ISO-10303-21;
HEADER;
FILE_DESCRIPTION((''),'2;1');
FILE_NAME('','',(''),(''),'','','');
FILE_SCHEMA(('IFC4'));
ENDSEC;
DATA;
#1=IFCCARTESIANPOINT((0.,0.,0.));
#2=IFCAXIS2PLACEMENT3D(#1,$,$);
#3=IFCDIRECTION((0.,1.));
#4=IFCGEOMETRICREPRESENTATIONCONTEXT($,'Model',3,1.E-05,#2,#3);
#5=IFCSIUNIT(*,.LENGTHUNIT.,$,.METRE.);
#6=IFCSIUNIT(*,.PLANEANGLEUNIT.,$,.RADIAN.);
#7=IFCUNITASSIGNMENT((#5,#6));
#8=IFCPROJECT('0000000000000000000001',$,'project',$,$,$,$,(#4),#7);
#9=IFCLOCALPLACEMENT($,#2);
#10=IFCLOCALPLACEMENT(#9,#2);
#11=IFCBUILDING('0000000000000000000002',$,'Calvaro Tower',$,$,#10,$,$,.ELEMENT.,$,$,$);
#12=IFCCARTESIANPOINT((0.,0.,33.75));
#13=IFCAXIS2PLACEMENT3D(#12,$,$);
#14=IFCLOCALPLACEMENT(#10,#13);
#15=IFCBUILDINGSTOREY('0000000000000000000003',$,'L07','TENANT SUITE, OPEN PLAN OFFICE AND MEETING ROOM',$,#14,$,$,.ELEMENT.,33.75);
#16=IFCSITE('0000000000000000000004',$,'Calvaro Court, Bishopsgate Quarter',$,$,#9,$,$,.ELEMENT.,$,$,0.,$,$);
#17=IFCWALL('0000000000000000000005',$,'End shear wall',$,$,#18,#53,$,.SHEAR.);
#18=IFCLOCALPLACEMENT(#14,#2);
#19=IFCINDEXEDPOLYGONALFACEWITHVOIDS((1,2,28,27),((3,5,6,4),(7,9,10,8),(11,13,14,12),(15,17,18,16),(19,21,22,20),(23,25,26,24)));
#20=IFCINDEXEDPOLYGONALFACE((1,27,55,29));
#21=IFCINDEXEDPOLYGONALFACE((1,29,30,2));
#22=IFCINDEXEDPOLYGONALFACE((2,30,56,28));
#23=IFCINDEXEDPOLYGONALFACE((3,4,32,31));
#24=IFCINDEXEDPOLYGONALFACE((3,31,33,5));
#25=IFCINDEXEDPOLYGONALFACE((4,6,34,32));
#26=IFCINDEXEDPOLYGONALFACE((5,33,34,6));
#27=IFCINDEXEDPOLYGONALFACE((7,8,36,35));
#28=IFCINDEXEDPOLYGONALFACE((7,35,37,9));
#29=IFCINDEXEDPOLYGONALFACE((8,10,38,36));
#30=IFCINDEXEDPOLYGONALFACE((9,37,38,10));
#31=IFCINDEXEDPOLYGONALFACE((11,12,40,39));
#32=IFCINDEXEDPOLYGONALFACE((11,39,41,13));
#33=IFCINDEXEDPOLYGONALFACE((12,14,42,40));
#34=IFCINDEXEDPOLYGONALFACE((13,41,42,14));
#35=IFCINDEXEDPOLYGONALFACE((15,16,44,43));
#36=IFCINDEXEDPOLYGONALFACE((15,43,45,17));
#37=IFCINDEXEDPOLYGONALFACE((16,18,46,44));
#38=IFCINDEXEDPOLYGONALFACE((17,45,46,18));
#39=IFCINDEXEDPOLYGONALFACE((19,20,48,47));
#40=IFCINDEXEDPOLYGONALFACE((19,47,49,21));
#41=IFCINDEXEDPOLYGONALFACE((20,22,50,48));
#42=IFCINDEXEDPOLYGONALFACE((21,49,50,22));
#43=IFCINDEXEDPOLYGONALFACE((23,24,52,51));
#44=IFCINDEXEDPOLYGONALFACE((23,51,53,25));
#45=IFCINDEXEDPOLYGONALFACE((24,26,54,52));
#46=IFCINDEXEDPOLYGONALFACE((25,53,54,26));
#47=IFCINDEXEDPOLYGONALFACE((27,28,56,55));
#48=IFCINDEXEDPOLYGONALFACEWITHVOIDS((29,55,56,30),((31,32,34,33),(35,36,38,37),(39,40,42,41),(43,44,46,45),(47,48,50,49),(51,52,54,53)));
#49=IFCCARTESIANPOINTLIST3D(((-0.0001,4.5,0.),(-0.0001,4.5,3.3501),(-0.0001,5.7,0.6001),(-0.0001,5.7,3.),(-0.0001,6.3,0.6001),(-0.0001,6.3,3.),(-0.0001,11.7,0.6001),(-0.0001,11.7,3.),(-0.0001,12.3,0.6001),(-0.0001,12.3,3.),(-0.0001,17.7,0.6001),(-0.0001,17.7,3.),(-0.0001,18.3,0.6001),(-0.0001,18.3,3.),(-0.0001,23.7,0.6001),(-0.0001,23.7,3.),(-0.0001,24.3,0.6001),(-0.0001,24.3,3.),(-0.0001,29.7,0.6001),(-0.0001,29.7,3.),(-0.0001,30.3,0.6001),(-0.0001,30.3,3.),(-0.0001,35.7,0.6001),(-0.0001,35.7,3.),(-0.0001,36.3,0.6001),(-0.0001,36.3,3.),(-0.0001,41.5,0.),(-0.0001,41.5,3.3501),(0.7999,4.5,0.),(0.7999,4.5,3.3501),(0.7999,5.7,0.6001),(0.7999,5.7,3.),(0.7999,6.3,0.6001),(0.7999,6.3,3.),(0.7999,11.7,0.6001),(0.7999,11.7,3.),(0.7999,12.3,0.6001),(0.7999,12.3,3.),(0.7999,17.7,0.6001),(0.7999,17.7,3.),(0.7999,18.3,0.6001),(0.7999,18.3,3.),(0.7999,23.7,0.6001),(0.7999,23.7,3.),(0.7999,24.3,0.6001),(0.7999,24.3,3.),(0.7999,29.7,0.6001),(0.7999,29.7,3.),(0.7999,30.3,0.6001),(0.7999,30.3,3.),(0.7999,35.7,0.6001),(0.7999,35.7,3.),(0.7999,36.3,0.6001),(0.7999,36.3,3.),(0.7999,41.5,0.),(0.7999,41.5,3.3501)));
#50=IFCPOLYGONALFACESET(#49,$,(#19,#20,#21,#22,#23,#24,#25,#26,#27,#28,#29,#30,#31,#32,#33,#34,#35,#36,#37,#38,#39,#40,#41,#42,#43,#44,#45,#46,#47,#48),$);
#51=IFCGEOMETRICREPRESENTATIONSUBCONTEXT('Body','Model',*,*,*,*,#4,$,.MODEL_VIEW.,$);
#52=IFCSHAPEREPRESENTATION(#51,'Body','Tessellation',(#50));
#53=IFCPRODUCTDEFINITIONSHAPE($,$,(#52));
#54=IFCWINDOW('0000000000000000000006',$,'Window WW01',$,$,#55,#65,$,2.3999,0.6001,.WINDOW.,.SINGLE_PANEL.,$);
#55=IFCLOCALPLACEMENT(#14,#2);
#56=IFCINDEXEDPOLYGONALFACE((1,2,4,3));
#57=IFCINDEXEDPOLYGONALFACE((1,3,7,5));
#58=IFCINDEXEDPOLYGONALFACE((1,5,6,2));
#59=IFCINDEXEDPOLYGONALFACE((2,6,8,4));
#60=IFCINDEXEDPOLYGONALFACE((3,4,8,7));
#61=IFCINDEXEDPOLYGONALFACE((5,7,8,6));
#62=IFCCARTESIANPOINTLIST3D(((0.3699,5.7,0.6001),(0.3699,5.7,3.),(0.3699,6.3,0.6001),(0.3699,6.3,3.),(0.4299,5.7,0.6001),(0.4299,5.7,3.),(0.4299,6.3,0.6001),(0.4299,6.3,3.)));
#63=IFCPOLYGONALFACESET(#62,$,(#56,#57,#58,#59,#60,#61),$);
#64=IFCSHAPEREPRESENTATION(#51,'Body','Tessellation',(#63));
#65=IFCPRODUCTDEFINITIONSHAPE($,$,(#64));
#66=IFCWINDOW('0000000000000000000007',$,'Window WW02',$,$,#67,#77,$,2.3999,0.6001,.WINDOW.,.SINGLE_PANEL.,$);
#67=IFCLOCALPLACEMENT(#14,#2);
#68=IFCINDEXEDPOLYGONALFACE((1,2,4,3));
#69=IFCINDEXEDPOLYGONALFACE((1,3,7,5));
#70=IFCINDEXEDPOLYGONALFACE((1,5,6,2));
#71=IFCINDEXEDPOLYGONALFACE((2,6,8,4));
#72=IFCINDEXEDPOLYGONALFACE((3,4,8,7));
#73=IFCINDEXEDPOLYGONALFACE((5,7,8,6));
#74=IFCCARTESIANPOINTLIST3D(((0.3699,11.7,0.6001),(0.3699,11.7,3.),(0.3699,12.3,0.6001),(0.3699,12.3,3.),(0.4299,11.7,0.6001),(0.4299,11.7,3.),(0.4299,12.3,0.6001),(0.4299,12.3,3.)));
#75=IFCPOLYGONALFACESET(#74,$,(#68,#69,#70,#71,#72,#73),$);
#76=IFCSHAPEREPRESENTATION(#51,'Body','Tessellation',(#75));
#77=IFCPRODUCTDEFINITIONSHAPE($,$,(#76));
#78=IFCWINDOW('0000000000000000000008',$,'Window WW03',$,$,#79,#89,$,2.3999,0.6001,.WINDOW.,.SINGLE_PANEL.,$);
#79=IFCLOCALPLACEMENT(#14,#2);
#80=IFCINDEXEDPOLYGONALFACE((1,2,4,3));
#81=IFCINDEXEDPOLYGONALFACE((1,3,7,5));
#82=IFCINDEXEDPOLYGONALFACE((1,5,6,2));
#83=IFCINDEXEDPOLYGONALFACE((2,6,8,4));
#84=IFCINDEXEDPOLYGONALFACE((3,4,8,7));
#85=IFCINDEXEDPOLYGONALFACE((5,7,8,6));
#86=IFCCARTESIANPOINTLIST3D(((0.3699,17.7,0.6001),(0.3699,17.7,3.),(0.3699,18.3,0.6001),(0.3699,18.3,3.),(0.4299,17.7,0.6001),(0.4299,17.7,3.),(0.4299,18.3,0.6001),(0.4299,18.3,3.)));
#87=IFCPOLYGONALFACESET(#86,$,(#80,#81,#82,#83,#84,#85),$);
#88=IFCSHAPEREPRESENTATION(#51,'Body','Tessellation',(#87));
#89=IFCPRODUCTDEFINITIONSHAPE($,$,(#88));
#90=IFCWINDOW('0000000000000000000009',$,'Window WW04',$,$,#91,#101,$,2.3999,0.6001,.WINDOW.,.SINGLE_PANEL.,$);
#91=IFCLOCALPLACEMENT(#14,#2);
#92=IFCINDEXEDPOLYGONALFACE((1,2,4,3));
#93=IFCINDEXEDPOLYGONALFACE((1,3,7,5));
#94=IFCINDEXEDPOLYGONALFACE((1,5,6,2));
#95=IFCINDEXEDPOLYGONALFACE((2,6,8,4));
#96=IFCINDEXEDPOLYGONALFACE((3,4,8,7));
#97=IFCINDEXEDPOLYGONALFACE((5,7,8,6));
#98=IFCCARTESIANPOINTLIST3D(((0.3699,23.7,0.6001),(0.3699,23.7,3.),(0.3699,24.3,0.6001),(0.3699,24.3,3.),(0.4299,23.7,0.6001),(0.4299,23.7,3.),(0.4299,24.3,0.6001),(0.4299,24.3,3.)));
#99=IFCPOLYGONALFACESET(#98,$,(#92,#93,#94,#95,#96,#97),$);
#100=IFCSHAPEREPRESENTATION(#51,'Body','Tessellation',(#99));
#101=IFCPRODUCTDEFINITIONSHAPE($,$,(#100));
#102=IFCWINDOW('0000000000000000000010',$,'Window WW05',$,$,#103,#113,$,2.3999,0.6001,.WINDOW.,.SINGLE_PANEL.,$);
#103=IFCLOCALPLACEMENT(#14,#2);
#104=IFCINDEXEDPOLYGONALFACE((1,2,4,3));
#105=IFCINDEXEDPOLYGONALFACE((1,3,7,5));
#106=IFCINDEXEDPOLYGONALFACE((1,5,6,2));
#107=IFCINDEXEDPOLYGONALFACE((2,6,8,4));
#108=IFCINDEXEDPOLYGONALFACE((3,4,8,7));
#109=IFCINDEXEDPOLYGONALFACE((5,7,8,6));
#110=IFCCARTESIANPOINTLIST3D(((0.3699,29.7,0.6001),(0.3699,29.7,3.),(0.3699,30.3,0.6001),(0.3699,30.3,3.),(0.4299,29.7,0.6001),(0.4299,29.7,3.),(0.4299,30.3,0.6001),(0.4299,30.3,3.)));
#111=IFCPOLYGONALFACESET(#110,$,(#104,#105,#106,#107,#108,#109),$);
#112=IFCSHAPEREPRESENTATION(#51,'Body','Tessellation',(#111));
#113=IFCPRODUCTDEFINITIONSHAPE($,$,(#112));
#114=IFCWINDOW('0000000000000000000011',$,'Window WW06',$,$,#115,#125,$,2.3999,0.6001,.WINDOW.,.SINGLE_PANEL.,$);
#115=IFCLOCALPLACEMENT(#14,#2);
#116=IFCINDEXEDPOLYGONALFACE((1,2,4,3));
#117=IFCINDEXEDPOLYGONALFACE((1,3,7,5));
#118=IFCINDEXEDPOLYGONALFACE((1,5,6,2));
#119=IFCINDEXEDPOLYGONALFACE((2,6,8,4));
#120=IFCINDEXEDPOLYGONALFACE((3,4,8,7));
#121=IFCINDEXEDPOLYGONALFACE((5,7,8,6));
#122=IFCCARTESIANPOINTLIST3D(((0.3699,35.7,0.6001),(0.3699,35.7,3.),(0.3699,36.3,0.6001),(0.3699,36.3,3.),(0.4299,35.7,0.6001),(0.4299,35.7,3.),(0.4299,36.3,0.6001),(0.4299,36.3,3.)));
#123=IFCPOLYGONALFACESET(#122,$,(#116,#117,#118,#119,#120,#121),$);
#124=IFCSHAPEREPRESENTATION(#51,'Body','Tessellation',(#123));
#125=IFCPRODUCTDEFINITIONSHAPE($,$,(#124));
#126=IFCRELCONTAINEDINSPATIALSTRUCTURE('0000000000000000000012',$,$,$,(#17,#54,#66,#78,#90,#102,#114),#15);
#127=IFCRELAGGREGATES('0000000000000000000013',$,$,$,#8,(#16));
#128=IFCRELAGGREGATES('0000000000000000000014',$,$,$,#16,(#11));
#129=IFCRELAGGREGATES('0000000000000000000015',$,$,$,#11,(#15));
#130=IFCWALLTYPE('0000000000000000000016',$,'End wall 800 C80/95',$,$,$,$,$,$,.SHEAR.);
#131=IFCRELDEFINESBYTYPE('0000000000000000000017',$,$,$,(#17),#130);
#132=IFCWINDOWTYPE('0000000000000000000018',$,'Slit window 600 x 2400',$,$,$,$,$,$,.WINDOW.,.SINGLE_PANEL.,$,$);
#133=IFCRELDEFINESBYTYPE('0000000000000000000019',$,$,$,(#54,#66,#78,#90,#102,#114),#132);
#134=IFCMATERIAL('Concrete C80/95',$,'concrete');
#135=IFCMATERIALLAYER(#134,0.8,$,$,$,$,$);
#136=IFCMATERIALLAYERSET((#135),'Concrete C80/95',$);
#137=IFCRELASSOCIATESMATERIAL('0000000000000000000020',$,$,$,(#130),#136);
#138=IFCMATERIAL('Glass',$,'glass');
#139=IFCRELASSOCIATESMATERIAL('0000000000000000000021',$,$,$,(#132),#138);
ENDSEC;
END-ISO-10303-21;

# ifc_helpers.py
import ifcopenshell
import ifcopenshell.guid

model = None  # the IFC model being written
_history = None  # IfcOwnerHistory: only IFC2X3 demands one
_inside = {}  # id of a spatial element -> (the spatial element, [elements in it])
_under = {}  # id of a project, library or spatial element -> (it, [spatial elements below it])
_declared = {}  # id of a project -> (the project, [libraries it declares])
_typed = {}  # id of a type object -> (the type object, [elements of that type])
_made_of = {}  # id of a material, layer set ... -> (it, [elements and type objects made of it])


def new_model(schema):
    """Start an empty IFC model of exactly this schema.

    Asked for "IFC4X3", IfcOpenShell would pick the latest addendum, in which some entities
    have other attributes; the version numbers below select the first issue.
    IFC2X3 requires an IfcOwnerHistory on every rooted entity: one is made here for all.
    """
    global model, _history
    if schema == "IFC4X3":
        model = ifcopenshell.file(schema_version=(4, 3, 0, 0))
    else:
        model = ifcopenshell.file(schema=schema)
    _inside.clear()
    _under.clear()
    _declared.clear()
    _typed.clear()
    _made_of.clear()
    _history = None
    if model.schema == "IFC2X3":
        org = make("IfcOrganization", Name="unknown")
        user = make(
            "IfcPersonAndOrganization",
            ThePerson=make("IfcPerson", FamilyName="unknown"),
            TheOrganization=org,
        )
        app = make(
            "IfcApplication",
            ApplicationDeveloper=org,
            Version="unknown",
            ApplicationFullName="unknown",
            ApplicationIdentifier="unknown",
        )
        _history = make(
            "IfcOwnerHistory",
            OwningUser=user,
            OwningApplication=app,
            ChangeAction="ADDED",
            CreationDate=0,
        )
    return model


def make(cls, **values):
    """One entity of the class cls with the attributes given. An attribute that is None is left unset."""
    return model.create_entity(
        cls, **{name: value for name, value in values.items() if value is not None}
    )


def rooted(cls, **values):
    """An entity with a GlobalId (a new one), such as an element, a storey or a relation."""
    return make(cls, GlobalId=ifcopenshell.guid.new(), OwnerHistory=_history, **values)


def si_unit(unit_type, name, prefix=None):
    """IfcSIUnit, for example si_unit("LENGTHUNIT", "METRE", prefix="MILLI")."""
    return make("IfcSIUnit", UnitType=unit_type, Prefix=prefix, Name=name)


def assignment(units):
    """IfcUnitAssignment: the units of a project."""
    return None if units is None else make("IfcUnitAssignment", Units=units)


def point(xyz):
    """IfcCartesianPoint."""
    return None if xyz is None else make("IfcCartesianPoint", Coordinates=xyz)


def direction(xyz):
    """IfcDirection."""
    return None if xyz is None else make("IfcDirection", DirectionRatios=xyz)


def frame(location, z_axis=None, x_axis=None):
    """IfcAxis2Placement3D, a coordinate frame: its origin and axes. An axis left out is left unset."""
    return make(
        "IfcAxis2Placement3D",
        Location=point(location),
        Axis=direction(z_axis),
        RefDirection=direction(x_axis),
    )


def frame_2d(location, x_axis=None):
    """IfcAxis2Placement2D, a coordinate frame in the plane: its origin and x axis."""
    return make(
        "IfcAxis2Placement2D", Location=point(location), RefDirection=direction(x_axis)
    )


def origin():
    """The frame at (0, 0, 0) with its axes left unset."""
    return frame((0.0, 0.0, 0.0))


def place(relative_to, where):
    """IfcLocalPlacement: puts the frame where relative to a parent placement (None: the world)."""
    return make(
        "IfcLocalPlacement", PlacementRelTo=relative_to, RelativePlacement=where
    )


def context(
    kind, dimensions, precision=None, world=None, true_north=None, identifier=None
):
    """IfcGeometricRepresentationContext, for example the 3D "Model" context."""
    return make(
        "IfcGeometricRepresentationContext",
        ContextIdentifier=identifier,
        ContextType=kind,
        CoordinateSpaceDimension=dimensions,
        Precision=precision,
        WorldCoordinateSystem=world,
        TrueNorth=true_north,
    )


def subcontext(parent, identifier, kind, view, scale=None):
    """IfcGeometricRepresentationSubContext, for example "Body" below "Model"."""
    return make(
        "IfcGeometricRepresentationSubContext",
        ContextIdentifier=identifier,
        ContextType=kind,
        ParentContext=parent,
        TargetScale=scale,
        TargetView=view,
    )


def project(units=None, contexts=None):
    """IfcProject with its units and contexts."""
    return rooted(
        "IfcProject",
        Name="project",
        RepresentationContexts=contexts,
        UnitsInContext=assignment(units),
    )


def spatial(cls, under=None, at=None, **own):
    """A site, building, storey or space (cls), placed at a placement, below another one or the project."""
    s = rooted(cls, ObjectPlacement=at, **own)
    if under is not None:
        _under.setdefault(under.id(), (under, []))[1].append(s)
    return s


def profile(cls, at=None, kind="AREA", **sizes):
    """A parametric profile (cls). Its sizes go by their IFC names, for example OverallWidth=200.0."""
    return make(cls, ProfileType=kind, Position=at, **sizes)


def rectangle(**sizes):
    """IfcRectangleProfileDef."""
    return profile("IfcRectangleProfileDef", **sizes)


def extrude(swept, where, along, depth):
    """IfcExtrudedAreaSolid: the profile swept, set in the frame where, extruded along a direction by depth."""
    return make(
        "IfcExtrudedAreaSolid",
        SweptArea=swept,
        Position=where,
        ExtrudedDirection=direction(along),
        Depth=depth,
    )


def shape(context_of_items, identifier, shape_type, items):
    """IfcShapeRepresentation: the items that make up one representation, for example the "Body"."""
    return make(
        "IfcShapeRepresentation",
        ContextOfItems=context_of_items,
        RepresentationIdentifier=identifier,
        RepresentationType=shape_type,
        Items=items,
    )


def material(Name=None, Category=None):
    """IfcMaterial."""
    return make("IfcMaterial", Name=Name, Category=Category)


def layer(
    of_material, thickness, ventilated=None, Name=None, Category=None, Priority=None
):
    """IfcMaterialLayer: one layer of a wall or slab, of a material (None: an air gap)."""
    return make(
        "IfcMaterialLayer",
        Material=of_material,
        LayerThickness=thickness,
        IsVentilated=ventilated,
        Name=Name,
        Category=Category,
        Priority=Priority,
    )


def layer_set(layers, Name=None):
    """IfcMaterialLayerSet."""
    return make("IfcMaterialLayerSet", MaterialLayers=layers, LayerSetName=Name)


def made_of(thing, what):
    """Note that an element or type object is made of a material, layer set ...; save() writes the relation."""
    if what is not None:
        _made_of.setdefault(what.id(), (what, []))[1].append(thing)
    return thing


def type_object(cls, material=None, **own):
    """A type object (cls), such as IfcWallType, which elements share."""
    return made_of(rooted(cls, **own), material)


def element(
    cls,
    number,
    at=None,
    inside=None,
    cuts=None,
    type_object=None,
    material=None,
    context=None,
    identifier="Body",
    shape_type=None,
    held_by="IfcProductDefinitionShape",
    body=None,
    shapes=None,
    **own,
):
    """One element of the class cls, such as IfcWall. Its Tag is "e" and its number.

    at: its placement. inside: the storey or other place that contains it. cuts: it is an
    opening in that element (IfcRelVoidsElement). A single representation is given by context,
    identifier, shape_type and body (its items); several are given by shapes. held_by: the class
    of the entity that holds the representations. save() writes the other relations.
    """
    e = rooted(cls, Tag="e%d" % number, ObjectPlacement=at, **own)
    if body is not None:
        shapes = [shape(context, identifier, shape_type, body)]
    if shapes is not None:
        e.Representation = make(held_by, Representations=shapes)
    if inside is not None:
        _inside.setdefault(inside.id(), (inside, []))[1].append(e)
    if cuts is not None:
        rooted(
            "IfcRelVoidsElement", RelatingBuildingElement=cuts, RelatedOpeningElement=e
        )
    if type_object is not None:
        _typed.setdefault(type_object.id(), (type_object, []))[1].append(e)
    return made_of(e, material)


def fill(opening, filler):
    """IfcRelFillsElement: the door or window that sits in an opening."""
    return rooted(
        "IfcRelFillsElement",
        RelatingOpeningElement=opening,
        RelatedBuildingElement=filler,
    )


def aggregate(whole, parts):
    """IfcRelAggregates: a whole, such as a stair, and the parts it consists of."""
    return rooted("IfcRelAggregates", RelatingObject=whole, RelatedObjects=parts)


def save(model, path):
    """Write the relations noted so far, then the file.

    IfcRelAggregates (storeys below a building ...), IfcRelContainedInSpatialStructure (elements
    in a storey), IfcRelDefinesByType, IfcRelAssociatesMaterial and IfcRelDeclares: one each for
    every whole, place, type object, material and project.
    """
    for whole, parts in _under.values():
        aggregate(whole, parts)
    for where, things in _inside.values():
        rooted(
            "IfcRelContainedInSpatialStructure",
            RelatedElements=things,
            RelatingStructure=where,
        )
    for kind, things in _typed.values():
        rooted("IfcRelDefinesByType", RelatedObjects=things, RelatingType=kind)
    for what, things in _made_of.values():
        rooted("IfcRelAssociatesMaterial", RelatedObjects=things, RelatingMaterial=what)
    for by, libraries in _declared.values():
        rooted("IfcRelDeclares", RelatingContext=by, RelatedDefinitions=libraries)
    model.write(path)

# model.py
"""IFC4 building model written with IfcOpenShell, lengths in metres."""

from ifc_helpers import new_model, si_unit, direction, frame, frame_2d, origin, place, context, subcontext, project, spatial, rectangle, extrude, material, layer, layer_set, type_object, element, fill, save


model = new_model("IFC4")

# Units and contexts
model_context = context("Model", 3, precision=1e-05, world=origin(), true_north=direction((0.0, 1.0)))
body_context = subcontext(model_context, "Body", "Model", "MODEL_VIEW")
ifc_project = project(units=[si_unit("LENGTHUNIT", "METRE"), si_unit("PLANEANGLEUNIT", "RADIAN")], contexts=[model_context])

# Site, building, storey
site_placement = place(None, origin())
site = spatial("IfcSite", under=ifc_project, at=site_placement, Name="Calvaro Court, Bishopsgate Quarter", CompositionType="ELEMENT", RefElevation=0.0)
building_placement = place(site_placement, origin())
building = spatial("IfcBuilding", under=site, at=building_placement, Name="Calvaro Tower", CompositionType="ELEMENT")
storey_placement = place(building_placement, frame((0.0, 0.0, 33.75)))
storey = spatial("IfcBuildingStorey", under=building, at=storey_placement, Name="L07", Description="TENANT SUITE, OPEN PLAN OFFICE AND MEETING ROOM", CompositionType="ELEMENT", Elevation=33.75)

# Wall, openings, windows
ifc_material_1 = material(Name="Concrete C80/95", Category="concrete")
ifc_layer_1 = layer(ifc_material_1, 0.8)
ifc_layer_set_1 = layer_set([ifc_layer_1], Name="Concrete C80/95")
wall_type = type_object("IfcWallType", Name="End wall 800 C80/95", PredefinedType="SHEAR", material=ifc_layer_set_1)
wall_placement = place(storey_placement, frame((0.3999, 4.5, 0.0), z_axis=(0.0, 0.0, 1.0), x_axis=(0.0, 1.0, 0.0)))
wall = element("IfcWall", 1, at=wall_placement, inside=storey, type_object=wall_type, Name="End shear wall", PredefinedType="SHEAR", context=body_context, shape_type="SweptSolid", body=[
    extrude(rectangle(XDim=37.0, YDim=0.8, at=frame_2d((18.5, 0.0))), origin(), (0.0, 0.0, 1.0), 3.3501),
])
opening_1_placement = place(wall_placement, frame((1.2, 0.0, 0.6001)))
opening_1 = element("IfcOpeningElement", 2, at=opening_1_placement, cuts=wall, PredefinedType="OPENING", context=body_context, shape_type="SweptSolid", body=[
    extrude(rectangle(XDim=0.6001, YDim=2.3999, at=frame_2d((0.3, 1.2))), frame((0.0, 0.4099, 0.0), z_axis=(0.0, -1.0, 0.0), x_axis=(1.0, 0.0, 0.0)), (0.0, 0.0, 1.0), 0.8201),
])
opening_2_placement = place(wall_placement, frame((7.2, 0.0, 0.6001)))
opening_2 = element("IfcOpeningElement", 3, at=opening_2_placement, cuts=wall, PredefinedType="OPENING", context=body_context, shape_type="SweptSolid", body=[
    extrude(rectangle(XDim=0.6001, YDim=2.3999, at=frame_2d((0.3, 1.2))), frame((0.0, 0.4099, 0.0), z_axis=(0.0, -1.0, 0.0), x_axis=(1.0, 0.0, 0.0)), (0.0, 0.0, 1.0), 0.8201),
])
opening_3_placement = place(wall_placement, frame((13.2, 0.0, 0.6001)))
opening_3 = element("IfcOpeningElement", 4, at=opening_3_placement, cuts=wall, PredefinedType="OPENING", context=body_context, shape_type="SweptSolid", body=[
    extrude(rectangle(XDim=0.6001, YDim=2.3999, at=frame_2d((0.3, 1.2))), frame((0.0, 0.4099, 0.0), z_axis=(0.0, -1.0, 0.0), x_axis=(1.0, 0.0, 0.0)), (0.0, 0.0, 1.0), 0.8201),
])
opening_4_placement = place(wall_placement, frame((19.2, 0.0, 0.6001)))
opening_4 = element("IfcOpeningElement", 5, at=opening_4_placement, cuts=wall, PredefinedType="OPENING", context=body_context, shape_type="SweptSolid", body=[
    extrude(rectangle(XDim=0.6001, YDim=2.3999, at=frame_2d((0.3, 1.2))), frame((0.0, 0.4099, 0.0), z_axis=(0.0, -1.0, 0.0), x_axis=(1.0, 0.0, 0.0)), (0.0, 0.0, 1.0), 0.8201),
])
opening_5_placement = place(wall_placement, frame((25.2, 0.0, 0.6001)))
opening_5 = element("IfcOpeningElement", 6, at=opening_5_placement, cuts=wall, PredefinedType="OPENING", context=body_context, shape_type="SweptSolid", body=[
    extrude(rectangle(XDim=0.6001, YDim=2.3999, at=frame_2d((0.3, 1.2))), frame((0.0, 0.4099, 0.0), z_axis=(0.0, -1.0, 0.0), x_axis=(1.0, 0.0, 0.0)), (0.0, 0.0, 1.0), 0.8201),
])
opening_6_placement = place(wall_placement, frame((31.2, 0.0, 0.6001)))
opening_6 = element("IfcOpeningElement", 7, at=opening_6_placement, cuts=wall, PredefinedType="OPENING", context=body_context, shape_type="SweptSolid", body=[
    extrude(rectangle(XDim=0.6001, YDim=2.3999, at=frame_2d((0.3, 1.2))), frame((0.0, 0.4099, 0.0), z_axis=(0.0, -1.0, 0.0), x_axis=(1.0, 0.0, 0.0)), (0.0, 0.0, 1.0), 0.8201),
])
ifc_material_2 = material(Name="Glass", Category="glass")
window_type = type_object("IfcWindowType", Name="Slit window 600 x 2400", PartitioningType="SINGLE_PANEL", PredefinedType="WINDOW", material=ifc_material_2)
window_1_placement = place(opening_1_placement, origin())
window_1 = element("IfcWindow", 8, at=window_1_placement, inside=storey, type_object=window_type, Name="Window WW01", OverallHeight=2.3999, OverallWidth=0.6001, PartitioningType="SINGLE_PANEL", PredefinedType="WINDOW", context=body_context, shape_type="SweptSolid", body=[
    extrude(rectangle(XDim=0.6001, YDim=2.3999, at=frame_2d((0.3, 1.2))), frame((0.0, 0.03, 0.0), z_axis=(0.0, -1.0, 0.0), x_axis=(1.0, 0.0, 0.0)), (0.0, 0.0, 1.0), 0.0601),
])
fill(opening_1, window_1)
window_2_placement = place(opening_2_placement, origin())
window_2 = element("IfcWindow", 9, at=window_2_placement, inside=storey, type_object=window_type, Name="Window WW02", OverallHeight=2.3999, OverallWidth=0.6001, PartitioningType="SINGLE_PANEL", PredefinedType="WINDOW", context=body_context, shape_type="SweptSolid", body=[
    extrude(rectangle(XDim=0.6001, YDim=2.3999, at=frame_2d((0.3, 1.2))), frame((0.0, 0.03, 0.0), z_axis=(0.0, -1.0, 0.0), x_axis=(1.0, 0.0, 0.0)), (0.0, 0.0, 1.0), 0.0601),
])
fill(opening_2, window_2)
window_3_placement = place(opening_3_placement, origin())
window_3 = element("IfcWindow", 10, at=window_3_placement, inside=storey, type_object=window_type, Name="Window WW03", OverallHeight=2.3999, OverallWidth=0.6001, PartitioningType="SINGLE_PANEL", PredefinedType="WINDOW", context=body_context, shape_type="SweptSolid", body=[
    extrude(rectangle(XDim=0.6001, YDim=2.3999, at=frame_2d((0.3, 1.2))), frame((0.0, 0.03, 0.0), z_axis=(0.0, -1.0, 0.0), x_axis=(1.0, 0.0, 0.0)), (0.0, 0.0, 1.0), 0.0601),
])
fill(opening_3, window_3)
window_4_placement = place(opening_4_placement, origin())
window_4 = element("IfcWindow", 11, at=window_4_placement, inside=storey, type_object=window_type, Name="Window WW04", OverallHeight=2.3999, OverallWidth=0.6001, PartitioningType="SINGLE_PANEL", PredefinedType="WINDOW", context=body_context, shape_type="SweptSolid", body=[
    extrude(rectangle(XDim=0.6001, YDim=2.3999, at=frame_2d((0.3, 1.2))), frame((0.0, 0.03, 0.0), z_axis=(0.0, -1.0, 0.0), x_axis=(1.0, 0.0, 0.0)), (0.0, 0.0, 1.0), 0.0601),
])
fill(opening_4, window_4)
window_5_placement = place(opening_5_placement, origin())
window_5 = element("IfcWindow", 12, at=window_5_placement, inside=storey, type_object=window_type, Name="Window WW05", OverallHeight=2.3999, OverallWidth=0.6001, PartitioningType="SINGLE_PANEL", PredefinedType="WINDOW", context=body_context, shape_type="SweptSolid", body=[
    extrude(rectangle(XDim=0.6001, YDim=2.3999, at=frame_2d((0.3, 1.2))), frame((0.0, 0.03, 0.0), z_axis=(0.0, -1.0, 0.0), x_axis=(1.0, 0.0, 0.0)), (0.0, 0.0, 1.0), 0.0601),
])
fill(opening_5, window_5)
window_6_placement = place(opening_6_placement, origin())
window_6 = element("IfcWindow", 13, at=window_6_placement, inside=storey, type_object=window_type, Name="Window WW06", OverallHeight=2.3999, OverallWidth=0.6001, PartitioningType="SINGLE_PANEL", PredefinedType="WINDOW", context=body_context, shape_type="SweptSolid", body=[
    extrude(rectangle(XDim=0.6001, YDim=2.3999, at=frame_2d((0.3, 1.2))), frame((0.0, 0.03, 0.0), z_axis=(0.0, -1.0, 0.0), x_axis=(1.0, 0.0, 0.0)), (0.0, 0.0, 1.0), 0.0601),
])
fill(opening_6, window_6)

save(model, "model.ifc")
